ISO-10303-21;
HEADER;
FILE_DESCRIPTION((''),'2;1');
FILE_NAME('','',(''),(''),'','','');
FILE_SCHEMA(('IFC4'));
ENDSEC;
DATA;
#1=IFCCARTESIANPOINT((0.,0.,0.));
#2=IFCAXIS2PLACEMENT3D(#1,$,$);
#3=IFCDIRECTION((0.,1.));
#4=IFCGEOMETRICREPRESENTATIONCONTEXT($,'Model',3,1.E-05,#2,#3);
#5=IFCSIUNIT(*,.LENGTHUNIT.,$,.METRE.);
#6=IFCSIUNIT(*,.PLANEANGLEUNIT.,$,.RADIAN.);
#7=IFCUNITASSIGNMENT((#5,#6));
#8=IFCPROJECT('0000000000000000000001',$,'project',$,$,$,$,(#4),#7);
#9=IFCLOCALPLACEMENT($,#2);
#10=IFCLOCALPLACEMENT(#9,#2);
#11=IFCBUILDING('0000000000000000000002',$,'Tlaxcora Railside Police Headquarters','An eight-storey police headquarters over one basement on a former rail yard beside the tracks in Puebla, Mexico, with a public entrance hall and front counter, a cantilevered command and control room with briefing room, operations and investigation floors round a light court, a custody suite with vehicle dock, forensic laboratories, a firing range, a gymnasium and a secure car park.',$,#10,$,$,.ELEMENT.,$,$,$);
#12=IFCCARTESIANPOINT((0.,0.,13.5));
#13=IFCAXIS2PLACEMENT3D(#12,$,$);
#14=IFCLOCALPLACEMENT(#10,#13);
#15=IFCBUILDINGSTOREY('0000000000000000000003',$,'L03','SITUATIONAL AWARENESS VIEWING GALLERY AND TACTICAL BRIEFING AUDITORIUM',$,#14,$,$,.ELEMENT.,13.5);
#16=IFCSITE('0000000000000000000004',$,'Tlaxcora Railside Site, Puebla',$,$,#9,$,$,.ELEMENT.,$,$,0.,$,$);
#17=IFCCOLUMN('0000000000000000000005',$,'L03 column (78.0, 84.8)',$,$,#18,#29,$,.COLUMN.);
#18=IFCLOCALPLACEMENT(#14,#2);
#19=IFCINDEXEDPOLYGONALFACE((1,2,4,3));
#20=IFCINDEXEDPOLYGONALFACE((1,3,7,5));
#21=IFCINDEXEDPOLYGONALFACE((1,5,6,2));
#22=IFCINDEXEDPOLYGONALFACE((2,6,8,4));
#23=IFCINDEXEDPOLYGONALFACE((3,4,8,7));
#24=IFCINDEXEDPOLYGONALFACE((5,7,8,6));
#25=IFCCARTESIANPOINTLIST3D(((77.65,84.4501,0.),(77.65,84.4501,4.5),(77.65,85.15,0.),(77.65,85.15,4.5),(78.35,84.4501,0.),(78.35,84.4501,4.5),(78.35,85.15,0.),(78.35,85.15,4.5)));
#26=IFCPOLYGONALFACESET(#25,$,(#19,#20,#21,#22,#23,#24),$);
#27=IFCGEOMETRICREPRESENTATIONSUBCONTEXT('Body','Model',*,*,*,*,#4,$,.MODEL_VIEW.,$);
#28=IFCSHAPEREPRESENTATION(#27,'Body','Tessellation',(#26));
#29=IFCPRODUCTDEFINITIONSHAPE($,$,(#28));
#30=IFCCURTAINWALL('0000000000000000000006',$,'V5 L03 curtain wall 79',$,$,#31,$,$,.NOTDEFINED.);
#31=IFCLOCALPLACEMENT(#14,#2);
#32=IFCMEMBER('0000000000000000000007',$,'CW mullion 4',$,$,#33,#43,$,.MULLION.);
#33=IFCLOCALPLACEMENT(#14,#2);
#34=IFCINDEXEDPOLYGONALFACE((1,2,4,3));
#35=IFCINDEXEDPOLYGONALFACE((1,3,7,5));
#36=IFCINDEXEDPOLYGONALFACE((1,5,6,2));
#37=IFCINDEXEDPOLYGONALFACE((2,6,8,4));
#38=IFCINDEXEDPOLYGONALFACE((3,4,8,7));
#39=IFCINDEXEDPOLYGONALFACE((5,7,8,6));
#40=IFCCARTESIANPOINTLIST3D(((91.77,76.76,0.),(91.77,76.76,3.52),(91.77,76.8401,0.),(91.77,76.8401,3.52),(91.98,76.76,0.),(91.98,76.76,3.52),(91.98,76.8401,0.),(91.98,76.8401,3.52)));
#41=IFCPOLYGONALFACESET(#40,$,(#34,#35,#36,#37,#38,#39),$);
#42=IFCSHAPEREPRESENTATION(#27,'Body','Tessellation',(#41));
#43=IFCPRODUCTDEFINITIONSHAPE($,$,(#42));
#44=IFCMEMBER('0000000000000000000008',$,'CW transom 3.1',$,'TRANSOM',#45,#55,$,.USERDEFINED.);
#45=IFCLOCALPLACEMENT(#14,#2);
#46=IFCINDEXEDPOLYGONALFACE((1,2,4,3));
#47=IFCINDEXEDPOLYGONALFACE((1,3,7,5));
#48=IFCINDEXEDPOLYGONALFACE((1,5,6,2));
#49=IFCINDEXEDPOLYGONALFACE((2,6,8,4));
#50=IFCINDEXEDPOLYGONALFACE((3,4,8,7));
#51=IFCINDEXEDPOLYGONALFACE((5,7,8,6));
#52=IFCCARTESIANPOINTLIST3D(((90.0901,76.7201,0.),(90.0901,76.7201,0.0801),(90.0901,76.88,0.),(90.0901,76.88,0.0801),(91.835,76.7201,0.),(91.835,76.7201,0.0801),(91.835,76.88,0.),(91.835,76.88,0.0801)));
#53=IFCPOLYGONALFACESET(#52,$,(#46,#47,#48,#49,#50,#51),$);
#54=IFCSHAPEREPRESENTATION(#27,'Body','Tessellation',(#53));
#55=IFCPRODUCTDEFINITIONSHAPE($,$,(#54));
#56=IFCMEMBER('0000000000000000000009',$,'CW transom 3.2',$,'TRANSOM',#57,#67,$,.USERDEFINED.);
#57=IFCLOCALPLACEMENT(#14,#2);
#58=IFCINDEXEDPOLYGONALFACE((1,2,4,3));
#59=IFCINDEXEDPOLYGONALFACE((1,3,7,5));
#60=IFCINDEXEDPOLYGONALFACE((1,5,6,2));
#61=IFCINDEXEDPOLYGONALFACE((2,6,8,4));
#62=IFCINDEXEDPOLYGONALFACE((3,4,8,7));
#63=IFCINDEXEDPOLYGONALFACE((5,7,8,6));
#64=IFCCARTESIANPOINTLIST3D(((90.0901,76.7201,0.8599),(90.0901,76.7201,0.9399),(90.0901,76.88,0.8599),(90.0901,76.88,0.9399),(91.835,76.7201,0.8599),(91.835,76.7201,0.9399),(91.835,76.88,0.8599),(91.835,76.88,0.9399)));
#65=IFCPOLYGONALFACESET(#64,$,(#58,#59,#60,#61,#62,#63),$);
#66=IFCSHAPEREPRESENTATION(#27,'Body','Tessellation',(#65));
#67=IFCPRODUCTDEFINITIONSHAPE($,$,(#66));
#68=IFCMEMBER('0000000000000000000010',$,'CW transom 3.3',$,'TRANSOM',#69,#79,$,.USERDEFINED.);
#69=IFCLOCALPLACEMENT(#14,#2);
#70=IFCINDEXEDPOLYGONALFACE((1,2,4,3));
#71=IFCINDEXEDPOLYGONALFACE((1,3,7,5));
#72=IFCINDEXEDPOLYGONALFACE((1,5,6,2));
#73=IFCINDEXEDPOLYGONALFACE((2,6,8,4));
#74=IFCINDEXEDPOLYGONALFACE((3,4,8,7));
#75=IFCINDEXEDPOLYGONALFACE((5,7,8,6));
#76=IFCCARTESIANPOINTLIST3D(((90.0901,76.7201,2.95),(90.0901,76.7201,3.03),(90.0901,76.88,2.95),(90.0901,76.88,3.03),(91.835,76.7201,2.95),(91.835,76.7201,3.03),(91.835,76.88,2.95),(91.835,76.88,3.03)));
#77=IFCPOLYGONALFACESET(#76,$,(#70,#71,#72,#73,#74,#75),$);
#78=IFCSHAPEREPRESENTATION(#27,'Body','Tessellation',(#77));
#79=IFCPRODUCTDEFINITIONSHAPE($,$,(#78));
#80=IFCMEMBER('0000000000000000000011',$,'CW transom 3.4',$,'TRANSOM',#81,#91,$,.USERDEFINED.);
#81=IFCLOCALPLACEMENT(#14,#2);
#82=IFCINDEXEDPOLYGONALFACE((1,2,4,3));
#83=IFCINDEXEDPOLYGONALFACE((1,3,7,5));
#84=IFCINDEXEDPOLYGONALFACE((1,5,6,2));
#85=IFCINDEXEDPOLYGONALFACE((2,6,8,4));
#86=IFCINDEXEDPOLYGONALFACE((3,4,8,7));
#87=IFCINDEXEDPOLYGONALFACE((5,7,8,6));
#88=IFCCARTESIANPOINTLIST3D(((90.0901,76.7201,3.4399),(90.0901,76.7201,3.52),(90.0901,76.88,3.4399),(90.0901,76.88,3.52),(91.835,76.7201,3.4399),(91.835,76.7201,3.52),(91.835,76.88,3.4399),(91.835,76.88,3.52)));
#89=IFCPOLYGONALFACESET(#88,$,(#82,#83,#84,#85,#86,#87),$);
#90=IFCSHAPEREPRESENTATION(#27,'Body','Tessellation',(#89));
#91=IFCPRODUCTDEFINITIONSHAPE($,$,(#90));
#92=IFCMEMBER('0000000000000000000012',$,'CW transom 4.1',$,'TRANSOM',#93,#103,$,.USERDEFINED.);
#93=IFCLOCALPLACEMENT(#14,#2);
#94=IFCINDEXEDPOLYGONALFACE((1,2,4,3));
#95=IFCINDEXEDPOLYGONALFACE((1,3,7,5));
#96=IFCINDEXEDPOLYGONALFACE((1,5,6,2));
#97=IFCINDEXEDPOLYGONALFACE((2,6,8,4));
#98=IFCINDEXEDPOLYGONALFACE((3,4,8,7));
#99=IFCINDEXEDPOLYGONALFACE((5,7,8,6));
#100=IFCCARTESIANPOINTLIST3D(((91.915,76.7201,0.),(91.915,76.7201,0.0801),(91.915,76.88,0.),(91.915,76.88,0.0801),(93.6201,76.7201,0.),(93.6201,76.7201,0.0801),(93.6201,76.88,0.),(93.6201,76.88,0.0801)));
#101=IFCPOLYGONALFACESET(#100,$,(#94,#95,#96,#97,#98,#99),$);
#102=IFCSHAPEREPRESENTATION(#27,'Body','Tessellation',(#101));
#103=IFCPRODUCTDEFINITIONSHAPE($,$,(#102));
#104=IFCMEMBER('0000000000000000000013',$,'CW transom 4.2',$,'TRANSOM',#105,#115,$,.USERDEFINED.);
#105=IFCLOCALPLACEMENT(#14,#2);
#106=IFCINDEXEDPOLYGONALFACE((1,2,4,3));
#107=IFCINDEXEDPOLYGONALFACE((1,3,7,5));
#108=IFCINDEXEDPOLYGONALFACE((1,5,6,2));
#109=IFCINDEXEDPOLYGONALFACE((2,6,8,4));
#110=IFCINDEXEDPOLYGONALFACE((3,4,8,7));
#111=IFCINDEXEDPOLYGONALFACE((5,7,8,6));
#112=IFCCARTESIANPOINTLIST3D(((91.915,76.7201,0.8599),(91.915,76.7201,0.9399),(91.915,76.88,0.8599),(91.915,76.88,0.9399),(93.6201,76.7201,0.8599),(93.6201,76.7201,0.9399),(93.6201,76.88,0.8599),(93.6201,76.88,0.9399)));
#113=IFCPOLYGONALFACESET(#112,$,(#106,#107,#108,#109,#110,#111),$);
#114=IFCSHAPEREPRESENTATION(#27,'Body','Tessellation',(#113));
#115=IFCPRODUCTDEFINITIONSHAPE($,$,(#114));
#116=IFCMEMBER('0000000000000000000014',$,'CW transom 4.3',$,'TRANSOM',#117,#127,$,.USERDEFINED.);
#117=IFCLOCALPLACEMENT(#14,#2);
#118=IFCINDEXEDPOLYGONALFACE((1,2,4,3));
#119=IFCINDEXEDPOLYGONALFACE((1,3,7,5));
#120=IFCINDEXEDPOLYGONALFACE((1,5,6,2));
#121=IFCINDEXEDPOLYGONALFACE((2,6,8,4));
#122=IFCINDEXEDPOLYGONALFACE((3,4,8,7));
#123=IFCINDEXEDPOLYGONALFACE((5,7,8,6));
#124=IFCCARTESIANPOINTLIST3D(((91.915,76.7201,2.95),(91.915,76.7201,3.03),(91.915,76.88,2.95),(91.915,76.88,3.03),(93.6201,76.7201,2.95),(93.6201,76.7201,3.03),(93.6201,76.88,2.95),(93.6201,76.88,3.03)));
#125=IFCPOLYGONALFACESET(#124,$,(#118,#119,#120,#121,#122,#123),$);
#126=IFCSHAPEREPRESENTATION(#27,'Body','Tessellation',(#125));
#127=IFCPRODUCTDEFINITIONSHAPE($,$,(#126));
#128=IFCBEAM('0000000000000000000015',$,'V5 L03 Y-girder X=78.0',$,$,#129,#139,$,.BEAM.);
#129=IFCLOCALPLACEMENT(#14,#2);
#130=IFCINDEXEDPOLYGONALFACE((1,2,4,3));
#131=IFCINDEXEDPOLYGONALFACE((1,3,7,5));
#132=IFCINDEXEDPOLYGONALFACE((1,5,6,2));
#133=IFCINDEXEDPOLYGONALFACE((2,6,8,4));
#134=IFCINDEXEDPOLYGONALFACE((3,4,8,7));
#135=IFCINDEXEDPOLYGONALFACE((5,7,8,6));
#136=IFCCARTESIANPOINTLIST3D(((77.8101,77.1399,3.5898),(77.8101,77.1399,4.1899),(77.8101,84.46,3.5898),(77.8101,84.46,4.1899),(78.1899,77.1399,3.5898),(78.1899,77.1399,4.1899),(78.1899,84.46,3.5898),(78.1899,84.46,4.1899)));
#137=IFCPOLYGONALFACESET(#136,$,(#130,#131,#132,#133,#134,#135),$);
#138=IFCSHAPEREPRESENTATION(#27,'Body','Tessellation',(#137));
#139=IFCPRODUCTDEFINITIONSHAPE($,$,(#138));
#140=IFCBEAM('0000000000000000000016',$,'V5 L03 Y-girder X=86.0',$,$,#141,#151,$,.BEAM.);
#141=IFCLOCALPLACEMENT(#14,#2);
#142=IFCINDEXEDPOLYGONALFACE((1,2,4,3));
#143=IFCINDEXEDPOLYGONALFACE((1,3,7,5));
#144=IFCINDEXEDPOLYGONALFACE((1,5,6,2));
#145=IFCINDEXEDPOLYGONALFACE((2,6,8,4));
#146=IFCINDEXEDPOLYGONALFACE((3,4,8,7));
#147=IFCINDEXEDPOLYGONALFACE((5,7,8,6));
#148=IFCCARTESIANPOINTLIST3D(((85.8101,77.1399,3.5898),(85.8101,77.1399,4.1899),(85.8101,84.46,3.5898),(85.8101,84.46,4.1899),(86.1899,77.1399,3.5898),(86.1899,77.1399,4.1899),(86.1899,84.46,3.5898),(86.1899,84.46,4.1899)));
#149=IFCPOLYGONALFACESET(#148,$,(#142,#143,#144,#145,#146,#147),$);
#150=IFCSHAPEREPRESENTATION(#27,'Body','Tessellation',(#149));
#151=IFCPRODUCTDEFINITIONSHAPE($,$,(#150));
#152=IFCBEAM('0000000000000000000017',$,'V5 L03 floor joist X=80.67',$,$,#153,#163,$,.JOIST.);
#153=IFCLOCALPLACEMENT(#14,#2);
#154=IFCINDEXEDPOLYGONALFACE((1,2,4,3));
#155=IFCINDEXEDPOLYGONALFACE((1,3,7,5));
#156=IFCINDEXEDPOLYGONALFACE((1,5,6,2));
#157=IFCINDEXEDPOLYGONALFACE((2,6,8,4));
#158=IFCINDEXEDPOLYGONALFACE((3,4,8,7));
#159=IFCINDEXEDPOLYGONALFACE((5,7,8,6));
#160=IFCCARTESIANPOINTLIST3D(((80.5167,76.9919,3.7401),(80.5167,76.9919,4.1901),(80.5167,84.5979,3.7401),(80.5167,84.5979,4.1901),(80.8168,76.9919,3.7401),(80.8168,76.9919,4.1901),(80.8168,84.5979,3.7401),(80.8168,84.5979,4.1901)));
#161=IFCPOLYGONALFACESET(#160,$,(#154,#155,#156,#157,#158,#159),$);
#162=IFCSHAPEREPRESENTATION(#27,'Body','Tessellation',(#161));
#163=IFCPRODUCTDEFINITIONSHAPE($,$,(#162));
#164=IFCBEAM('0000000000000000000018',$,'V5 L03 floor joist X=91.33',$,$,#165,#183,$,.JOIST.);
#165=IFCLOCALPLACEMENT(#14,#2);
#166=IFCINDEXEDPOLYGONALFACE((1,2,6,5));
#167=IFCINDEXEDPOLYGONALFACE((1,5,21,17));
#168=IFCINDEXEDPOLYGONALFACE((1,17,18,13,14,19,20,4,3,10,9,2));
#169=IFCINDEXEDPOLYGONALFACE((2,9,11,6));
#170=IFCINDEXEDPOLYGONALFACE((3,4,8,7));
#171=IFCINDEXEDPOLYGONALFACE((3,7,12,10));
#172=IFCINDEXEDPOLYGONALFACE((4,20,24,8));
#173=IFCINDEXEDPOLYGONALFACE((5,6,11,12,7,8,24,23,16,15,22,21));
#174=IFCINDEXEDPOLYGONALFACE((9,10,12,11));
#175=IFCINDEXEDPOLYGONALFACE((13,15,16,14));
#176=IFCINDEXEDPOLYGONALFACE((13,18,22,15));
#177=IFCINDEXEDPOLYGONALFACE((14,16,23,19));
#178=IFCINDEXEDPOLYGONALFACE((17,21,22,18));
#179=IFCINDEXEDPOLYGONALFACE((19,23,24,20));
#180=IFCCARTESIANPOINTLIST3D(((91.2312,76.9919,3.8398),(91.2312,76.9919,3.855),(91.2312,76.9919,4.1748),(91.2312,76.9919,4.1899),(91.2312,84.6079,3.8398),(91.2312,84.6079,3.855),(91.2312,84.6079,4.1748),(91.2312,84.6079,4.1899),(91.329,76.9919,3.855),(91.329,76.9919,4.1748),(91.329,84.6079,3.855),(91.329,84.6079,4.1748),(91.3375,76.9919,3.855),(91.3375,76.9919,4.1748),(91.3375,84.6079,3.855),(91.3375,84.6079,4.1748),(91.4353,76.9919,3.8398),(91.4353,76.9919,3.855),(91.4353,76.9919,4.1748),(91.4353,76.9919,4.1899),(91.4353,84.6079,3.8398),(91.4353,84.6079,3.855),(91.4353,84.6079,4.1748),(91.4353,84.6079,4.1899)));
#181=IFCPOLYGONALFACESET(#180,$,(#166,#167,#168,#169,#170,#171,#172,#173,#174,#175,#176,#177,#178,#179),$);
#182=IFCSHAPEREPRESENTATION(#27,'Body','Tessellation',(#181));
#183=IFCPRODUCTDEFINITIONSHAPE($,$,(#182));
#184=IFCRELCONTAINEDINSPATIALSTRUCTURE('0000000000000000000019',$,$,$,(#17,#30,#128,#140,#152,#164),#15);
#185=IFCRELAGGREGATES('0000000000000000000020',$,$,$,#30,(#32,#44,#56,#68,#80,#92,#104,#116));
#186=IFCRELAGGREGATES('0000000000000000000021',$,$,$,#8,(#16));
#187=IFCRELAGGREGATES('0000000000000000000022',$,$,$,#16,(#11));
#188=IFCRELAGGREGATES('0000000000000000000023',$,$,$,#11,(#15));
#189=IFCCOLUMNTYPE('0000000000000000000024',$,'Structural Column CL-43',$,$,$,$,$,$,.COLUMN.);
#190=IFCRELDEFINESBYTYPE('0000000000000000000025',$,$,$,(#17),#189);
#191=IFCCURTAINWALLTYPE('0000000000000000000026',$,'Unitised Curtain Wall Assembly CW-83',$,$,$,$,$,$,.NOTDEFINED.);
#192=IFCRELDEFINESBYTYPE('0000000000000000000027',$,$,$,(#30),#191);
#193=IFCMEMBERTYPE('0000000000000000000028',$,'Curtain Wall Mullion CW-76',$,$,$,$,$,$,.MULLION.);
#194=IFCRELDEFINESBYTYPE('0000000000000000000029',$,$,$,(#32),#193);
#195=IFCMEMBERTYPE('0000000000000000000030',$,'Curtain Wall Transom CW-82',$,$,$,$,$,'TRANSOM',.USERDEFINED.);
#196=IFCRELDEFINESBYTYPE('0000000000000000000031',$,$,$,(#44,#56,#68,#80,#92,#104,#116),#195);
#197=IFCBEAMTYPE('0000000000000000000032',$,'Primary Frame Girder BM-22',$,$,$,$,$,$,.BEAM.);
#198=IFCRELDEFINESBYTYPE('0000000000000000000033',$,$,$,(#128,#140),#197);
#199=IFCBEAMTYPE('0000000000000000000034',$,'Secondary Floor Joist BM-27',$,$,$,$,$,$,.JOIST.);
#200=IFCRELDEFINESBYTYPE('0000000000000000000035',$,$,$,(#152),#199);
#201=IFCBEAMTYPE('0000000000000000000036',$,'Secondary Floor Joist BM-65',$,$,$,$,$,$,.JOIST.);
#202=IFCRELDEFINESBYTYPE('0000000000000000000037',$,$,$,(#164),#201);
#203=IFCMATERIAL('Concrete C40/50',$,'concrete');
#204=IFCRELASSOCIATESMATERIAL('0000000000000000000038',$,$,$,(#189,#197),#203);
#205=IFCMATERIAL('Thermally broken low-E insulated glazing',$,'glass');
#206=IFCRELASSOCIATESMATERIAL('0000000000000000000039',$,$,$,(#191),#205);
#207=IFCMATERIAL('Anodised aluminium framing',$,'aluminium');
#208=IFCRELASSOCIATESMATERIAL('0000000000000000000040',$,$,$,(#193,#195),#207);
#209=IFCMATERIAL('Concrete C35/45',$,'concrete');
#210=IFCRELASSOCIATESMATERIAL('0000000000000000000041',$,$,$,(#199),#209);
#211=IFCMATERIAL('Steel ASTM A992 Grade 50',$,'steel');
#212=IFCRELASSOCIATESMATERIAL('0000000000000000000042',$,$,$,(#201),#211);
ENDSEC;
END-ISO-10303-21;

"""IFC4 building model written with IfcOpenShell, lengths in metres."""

from ifc_helpers import new_model, si_unit, direction, frame, origin, origin_2d, place, context, subcontext, project, spatial, rectangle, i_section, extrude, material, material_profile, profile_set, type_object, element, aggregate, save


model = new_model("IFC4")

# Units and contexts
model_context = context("Model", 3, precision=1e-05, world=origin(), true_north=direction((0.0, 1.0)))
body_context = subcontext(model_context, "Body", "Model", "MODEL_VIEW")
ifc_project = project(units=[si_unit("LENGTHUNIT", "METRE"), si_unit("PLANEANGLEUNIT", "RADIAN")], contexts=[model_context])

# Site, building, storey
site_placement = place(None, origin())
site = spatial("IfcSite", under=ifc_project, at=site_placement, Name="Tlaxcora Railside Site, Puebla", CompositionType="ELEMENT", RefElevation=0.0)
building_placement = place(site_placement, origin())
building = spatial("IfcBuilding", under=site, at=building_placement, Name="Tlaxcora Railside Police Headquarters", Description="An eight-storey police headquarters over one basement on a former rail yard beside the tracks in Puebla, Mexico, with a public entrance hall and front counter, a cantilevered command and control room with briefing room, operations and investigation floors round a light court, a custody suite with vehicle dock, forensic laboratories, a firing range, a gymnasium and a secure car park.", CompositionType="ELEMENT")
storey_placement = place(building_placement, frame((0.0, 0.0, 13.5)))
storey = spatial("IfcBuildingStorey", under=building, at=storey_placement, Name="L03", Description="SITUATIONAL AWARENESS VIEWING GALLERY AND TACTICAL BRIEFING AUDITORIUM", CompositionType="ELEMENT", Elevation=13.5)

# Column
ifc_material_1 = material(Name="Concrete C40/50", Category="concrete")
ifc_material_profile_1 = material_profile(ifc_material_1, rectangle(XDim=0.7, YDim=0.7, at=origin_2d()), Name="RC700X700")
ifc_profile_set_1 = profile_set([ifc_material_profile_1], Name="Concrete C40/50")
column_type = type_object("IfcColumnType", Name="Structural Column CL-43", PredefinedType="COLUMN", material=ifc_profile_set_1)
column_placement = place(storey_placement, frame((78.0, 84.8, 0.0), z_axis=(0.0, 0.0, 1.0), x_axis=(1.0, 0.0, 0.0)))
element("IfcColumn", 1, at=column_placement, inside=storey, type_object=column_type, Name="L03 column (78.0, 84.8)", PredefinedType="COLUMN", context=body_context, shape_type="SweptSolid", body=[
    extrude(rectangle(XDim=0.7, YDim=0.7, at=origin_2d()), origin(), (0.0, 0.0, 1.0), 4.5),
])

# Curtain wall, members
ifc_material_2 = material(Name="Thermally broken low-E insulated glazing", Category="glass")
curtain_wall_type = type_object("IfcCurtainWallType", Name="Unitised Curtain Wall Assembly CW-83", PredefinedType="NOTDEFINED", material=ifc_material_2)
curtain_wall_placement = place(storey_placement, origin())
curtain_wall = element("IfcCurtainWall", 2, at=curtain_wall_placement, inside=storey, type_object=curtain_wall_type, Name="V5 L03 curtain wall 79", PredefinedType="NOTDEFINED")
ifc_material_3 = material(Name="Anodised aluminium framing", Category="aluminium")
ifc_material_profile_2 = material_profile(ifc_material_3, rectangle(XDim=0.0801, YDim=0.21, at=origin_2d()), Name="AL80X210")
ifc_profile_set_2 = profile_set([ifc_material_profile_2], Name="Anodised aluminium framing")
member_type_1 = type_object("IfcMemberType", Name="Curtain Wall Mullion CW-76", PredefinedType="MULLION", material=ifc_profile_set_2)
member_1_placement = place(storey_placement, frame((91.875, 76.8, 0.0), z_axis=(0.0, 0.0, 1.0), x_axis=(0.0, 1.0, 0.0)))
member_1 = element("IfcMember", 3, at=member_1_placement, type_object=member_type_1, Name="CW mullion 4", PredefinedType="MULLION", context=body_context, shape_type="SweptSolid", body=[
    extrude(rectangle(XDim=0.0801, YDim=0.21, at=origin_2d()), origin(), (0.0, 0.0, 1.0), 3.52),
])
ifc_material_profile_3 = material_profile(ifc_material_3, rectangle(XDim=0.1599, YDim=0.0801, at=origin_2d()), Name="AL80X160")
ifc_profile_set_3 = profile_set([ifc_material_profile_3], Name="Anodised aluminium framing")
member_type_2 = type_object("IfcMemberType", Name="Curtain Wall Transom CW-82", ElementType="TRANSOM", PredefinedType="USERDEFINED", material=ifc_profile_set_3)
member_2_placement = place(storey_placement, frame((90.0901, 76.8, 0.04), z_axis=(1.0, 0.0, 0.0), x_axis=(0.0, 1.0, 0.0)))
member_2 = element("IfcMember", 4, at=member_2_placement, type_object=member_type_2, Name="CW transom 3.1", ObjectType="TRANSOM", PredefinedType="USERDEFINED", context=body_context, shape_type="SweptSolid", body=[
    extrude(rectangle(XDim=0.1599, YDim=0.0801, at=origin_2d()), origin(), (0.0, 0.0, 1.0), 1.7449),
])
member_3_placement = place(storey_placement, frame((90.0901, 76.8, 0.8999), z_axis=(1.0, 0.0, 0.0), x_axis=(0.0, 1.0, 0.0)))
member_3 = element("IfcMember", 5, at=member_3_placement, type_object=member_type_2, Name="CW transom 3.2", ObjectType="TRANSOM", PredefinedType="USERDEFINED", context=body_context, shape_type="SweptSolid", body=[
    extrude(rectangle(XDim=0.1599, YDim=0.0801, at=origin_2d()), origin(), (0.0, 0.0, 1.0), 1.7449),
])
member_4_placement = place(storey_placement, frame((90.0901, 76.8, 2.99), z_axis=(1.0, 0.0, 0.0), x_axis=(0.0, 1.0, 0.0)))
member_4 = element("IfcMember", 6, at=member_4_placement, type_object=member_type_2, Name="CW transom 3.3", ObjectType="TRANSOM", PredefinedType="USERDEFINED", context=body_context, shape_type="SweptSolid", body=[
    extrude(rectangle(XDim=0.1599, YDim=0.0801, at=origin_2d()), origin(), (0.0, 0.0, 1.0), 1.7449),
])
member_5_placement = place(storey_placement, frame((90.0901, 76.8, 3.48), z_axis=(1.0, 0.0, 0.0), x_axis=(0.0, 1.0, 0.0)))
member_5 = element("IfcMember", 7, at=member_5_placement, type_object=member_type_2, Name="CW transom 3.4", ObjectType="TRANSOM", PredefinedType="USERDEFINED", context=body_context, shape_type="SweptSolid", body=[
    extrude(rectangle(XDim=0.1599, YDim=0.0801, at=origin_2d()), origin(), (0.0, 0.0, 1.0), 1.7449),
])
member_6_placement = place(storey_placement, frame((91.915, 76.8, 0.04), z_axis=(1.0, 0.0, 0.0), x_axis=(0.0, 1.0, 0.0)))
member_6 = element("IfcMember", 8, at=member_6_placement, type_object=member_type_2, Name="CW transom 4.1", ObjectType="TRANSOM", PredefinedType="USERDEFINED", context=body_context, shape_type="SweptSolid", body=[
    extrude(rectangle(XDim=0.1599, YDim=0.0801, at=origin_2d()), origin(), (0.0, 0.0, 1.0), 1.7051),
])
member_7_placement = place(storey_placement, frame((91.915, 76.8, 0.8999), z_axis=(1.0, 0.0, 0.0), x_axis=(0.0, 1.0, 0.0)))
member_7 = element("IfcMember", 9, at=member_7_placement, type_object=member_type_2, Name="CW transom 4.2", ObjectType="TRANSOM", PredefinedType="USERDEFINED", context=body_context, shape_type="SweptSolid", body=[
    extrude(rectangle(XDim=0.1599, YDim=0.0801, at=origin_2d()), origin(), (0.0, 0.0, 1.0), 1.7051),
])
member_8_placement = place(storey_placement, frame((91.915, 76.8, 2.99), z_axis=(1.0, 0.0, 0.0), x_axis=(0.0, 1.0, 0.0)))
member_8 = element("IfcMember", 10, at=member_8_placement, type_object=member_type_2, Name="CW transom 4.3", ObjectType="TRANSOM", PredefinedType="USERDEFINED", context=body_context, shape_type="SweptSolid", body=[
    extrude(rectangle(XDim=0.1599, YDim=0.0801, at=origin_2d()), origin(), (0.0, 0.0, 1.0), 1.7051),
])

# Beams
ifc_material_profile_4 = material_profile(ifc_material_1, rectangle(XDim=0.3799, YDim=0.6001, at=origin_2d()), Name="RC380X600")
ifc_profile_set_4 = profile_set([ifc_material_profile_4], Name="Concrete C40/50")
beam_type_1 = type_object("IfcBeamType", Name="Primary Frame Girder BM-22", PredefinedType="BEAM", material=ifc_profile_set_4)
for number, where, z_axis, x_axis, name in (
    (11, (78.0, 77.1399, 3.8899), (0.0, 1.0, 0.0), (-1.0, 0.0, 0.0), "V5 L03 Y-girder X=78.0"),
    (12, (86.0, 77.1399, 3.8899), (0.0, 1.0, 0.0), (-1.0, 0.0, 0.0), "V5 L03 Y-girder X=86.0"),
):
    element("IfcBeam", number, at=place(storey_placement, frame(where, z_axis=z_axis, x_axis=x_axis)), inside=storey, type_object=beam_type_1, Name=name, PredefinedType="BEAM", context=body_context, shape_type="SweptSolid", body=[
        extrude(rectangle(XDim=0.3799, YDim=0.6001, at=origin_2d()), origin(), (0.0, 0.0, 1.0), 7.3201),
    ])
ifc_material_4 = material(Name="Concrete C35/45", Category="concrete")
ifc_material_profile_5 = material_profile(ifc_material_4, rectangle(XDim=0.3, YDim=0.45, at=origin_2d()), Name="RC300X450")
ifc_profile_set_5 = profile_set([ifc_material_profile_5], Name="Concrete C35/45")
beam_type_2 = type_object("IfcBeamType", Name="Secondary Floor Joist BM-27", PredefinedType="JOIST", material=ifc_profile_set_5)
beam_1_placement = place(storey_placement, frame((80.6667, 76.9919, 3.9651), z_axis=(0.0, 1.0, 0.0), x_axis=(-1.0, 0.0, 0.0)))
element("IfcBeam", 13, at=beam_1_placement, inside=storey, type_object=beam_type_2, Name="V5 L03 floor joist X=80.67", PredefinedType="JOIST", context=body_context, shape_type="SweptSolid", body=[
    extrude(rectangle(XDim=0.3, YDim=0.45, at=origin_2d()), origin(), (0.0, 0.0, 1.0), 7.606),
])
ifc_material_5 = material(Name="Steel ASTM A992 Grade 50", Category="steel")
ifc_material_profile_6 = material_profile(ifc_material_5, i_section(OverallWidth=0.2041, OverallDepth=0.3501, WebThickness=0.0085, FlangeThickness=0.0151, at=origin_2d()), Name="W14X48")
ifc_profile_set_6 = profile_set([ifc_material_profile_6], Name="Steel ASTM A992 Grade 50")
beam_type_3 = type_object("IfcBeamType", Name="Secondary Floor Joist BM-65", PredefinedType="JOIST", material=ifc_profile_set_6)
beam_2_placement = place(storey_placement, frame((91.3333, 76.9919, 4.0149), z_axis=(0.0, 1.0, 0.0), x_axis=(-1.0, 0.0, 0.0)))
element("IfcBeam", 14, at=beam_2_placement, inside=storey, type_object=beam_type_3, Name="V5 L03 floor joist X=91.33", PredefinedType="JOIST", context=body_context, shape_type="SweptSolid", body=[
    extrude(i_section(OverallWidth=0.2041, OverallDepth=0.3501, WebThickness=0.0085, FlangeThickness=0.0151, at=origin_2d()), origin(), (0.0, 0.0, 1.0), 7.616),
])

aggregate(curtain_wall, [member_1, member_2, member_3, member_4, member_5, member_6, member_7, member_8])

save(model, "model.ifc")
